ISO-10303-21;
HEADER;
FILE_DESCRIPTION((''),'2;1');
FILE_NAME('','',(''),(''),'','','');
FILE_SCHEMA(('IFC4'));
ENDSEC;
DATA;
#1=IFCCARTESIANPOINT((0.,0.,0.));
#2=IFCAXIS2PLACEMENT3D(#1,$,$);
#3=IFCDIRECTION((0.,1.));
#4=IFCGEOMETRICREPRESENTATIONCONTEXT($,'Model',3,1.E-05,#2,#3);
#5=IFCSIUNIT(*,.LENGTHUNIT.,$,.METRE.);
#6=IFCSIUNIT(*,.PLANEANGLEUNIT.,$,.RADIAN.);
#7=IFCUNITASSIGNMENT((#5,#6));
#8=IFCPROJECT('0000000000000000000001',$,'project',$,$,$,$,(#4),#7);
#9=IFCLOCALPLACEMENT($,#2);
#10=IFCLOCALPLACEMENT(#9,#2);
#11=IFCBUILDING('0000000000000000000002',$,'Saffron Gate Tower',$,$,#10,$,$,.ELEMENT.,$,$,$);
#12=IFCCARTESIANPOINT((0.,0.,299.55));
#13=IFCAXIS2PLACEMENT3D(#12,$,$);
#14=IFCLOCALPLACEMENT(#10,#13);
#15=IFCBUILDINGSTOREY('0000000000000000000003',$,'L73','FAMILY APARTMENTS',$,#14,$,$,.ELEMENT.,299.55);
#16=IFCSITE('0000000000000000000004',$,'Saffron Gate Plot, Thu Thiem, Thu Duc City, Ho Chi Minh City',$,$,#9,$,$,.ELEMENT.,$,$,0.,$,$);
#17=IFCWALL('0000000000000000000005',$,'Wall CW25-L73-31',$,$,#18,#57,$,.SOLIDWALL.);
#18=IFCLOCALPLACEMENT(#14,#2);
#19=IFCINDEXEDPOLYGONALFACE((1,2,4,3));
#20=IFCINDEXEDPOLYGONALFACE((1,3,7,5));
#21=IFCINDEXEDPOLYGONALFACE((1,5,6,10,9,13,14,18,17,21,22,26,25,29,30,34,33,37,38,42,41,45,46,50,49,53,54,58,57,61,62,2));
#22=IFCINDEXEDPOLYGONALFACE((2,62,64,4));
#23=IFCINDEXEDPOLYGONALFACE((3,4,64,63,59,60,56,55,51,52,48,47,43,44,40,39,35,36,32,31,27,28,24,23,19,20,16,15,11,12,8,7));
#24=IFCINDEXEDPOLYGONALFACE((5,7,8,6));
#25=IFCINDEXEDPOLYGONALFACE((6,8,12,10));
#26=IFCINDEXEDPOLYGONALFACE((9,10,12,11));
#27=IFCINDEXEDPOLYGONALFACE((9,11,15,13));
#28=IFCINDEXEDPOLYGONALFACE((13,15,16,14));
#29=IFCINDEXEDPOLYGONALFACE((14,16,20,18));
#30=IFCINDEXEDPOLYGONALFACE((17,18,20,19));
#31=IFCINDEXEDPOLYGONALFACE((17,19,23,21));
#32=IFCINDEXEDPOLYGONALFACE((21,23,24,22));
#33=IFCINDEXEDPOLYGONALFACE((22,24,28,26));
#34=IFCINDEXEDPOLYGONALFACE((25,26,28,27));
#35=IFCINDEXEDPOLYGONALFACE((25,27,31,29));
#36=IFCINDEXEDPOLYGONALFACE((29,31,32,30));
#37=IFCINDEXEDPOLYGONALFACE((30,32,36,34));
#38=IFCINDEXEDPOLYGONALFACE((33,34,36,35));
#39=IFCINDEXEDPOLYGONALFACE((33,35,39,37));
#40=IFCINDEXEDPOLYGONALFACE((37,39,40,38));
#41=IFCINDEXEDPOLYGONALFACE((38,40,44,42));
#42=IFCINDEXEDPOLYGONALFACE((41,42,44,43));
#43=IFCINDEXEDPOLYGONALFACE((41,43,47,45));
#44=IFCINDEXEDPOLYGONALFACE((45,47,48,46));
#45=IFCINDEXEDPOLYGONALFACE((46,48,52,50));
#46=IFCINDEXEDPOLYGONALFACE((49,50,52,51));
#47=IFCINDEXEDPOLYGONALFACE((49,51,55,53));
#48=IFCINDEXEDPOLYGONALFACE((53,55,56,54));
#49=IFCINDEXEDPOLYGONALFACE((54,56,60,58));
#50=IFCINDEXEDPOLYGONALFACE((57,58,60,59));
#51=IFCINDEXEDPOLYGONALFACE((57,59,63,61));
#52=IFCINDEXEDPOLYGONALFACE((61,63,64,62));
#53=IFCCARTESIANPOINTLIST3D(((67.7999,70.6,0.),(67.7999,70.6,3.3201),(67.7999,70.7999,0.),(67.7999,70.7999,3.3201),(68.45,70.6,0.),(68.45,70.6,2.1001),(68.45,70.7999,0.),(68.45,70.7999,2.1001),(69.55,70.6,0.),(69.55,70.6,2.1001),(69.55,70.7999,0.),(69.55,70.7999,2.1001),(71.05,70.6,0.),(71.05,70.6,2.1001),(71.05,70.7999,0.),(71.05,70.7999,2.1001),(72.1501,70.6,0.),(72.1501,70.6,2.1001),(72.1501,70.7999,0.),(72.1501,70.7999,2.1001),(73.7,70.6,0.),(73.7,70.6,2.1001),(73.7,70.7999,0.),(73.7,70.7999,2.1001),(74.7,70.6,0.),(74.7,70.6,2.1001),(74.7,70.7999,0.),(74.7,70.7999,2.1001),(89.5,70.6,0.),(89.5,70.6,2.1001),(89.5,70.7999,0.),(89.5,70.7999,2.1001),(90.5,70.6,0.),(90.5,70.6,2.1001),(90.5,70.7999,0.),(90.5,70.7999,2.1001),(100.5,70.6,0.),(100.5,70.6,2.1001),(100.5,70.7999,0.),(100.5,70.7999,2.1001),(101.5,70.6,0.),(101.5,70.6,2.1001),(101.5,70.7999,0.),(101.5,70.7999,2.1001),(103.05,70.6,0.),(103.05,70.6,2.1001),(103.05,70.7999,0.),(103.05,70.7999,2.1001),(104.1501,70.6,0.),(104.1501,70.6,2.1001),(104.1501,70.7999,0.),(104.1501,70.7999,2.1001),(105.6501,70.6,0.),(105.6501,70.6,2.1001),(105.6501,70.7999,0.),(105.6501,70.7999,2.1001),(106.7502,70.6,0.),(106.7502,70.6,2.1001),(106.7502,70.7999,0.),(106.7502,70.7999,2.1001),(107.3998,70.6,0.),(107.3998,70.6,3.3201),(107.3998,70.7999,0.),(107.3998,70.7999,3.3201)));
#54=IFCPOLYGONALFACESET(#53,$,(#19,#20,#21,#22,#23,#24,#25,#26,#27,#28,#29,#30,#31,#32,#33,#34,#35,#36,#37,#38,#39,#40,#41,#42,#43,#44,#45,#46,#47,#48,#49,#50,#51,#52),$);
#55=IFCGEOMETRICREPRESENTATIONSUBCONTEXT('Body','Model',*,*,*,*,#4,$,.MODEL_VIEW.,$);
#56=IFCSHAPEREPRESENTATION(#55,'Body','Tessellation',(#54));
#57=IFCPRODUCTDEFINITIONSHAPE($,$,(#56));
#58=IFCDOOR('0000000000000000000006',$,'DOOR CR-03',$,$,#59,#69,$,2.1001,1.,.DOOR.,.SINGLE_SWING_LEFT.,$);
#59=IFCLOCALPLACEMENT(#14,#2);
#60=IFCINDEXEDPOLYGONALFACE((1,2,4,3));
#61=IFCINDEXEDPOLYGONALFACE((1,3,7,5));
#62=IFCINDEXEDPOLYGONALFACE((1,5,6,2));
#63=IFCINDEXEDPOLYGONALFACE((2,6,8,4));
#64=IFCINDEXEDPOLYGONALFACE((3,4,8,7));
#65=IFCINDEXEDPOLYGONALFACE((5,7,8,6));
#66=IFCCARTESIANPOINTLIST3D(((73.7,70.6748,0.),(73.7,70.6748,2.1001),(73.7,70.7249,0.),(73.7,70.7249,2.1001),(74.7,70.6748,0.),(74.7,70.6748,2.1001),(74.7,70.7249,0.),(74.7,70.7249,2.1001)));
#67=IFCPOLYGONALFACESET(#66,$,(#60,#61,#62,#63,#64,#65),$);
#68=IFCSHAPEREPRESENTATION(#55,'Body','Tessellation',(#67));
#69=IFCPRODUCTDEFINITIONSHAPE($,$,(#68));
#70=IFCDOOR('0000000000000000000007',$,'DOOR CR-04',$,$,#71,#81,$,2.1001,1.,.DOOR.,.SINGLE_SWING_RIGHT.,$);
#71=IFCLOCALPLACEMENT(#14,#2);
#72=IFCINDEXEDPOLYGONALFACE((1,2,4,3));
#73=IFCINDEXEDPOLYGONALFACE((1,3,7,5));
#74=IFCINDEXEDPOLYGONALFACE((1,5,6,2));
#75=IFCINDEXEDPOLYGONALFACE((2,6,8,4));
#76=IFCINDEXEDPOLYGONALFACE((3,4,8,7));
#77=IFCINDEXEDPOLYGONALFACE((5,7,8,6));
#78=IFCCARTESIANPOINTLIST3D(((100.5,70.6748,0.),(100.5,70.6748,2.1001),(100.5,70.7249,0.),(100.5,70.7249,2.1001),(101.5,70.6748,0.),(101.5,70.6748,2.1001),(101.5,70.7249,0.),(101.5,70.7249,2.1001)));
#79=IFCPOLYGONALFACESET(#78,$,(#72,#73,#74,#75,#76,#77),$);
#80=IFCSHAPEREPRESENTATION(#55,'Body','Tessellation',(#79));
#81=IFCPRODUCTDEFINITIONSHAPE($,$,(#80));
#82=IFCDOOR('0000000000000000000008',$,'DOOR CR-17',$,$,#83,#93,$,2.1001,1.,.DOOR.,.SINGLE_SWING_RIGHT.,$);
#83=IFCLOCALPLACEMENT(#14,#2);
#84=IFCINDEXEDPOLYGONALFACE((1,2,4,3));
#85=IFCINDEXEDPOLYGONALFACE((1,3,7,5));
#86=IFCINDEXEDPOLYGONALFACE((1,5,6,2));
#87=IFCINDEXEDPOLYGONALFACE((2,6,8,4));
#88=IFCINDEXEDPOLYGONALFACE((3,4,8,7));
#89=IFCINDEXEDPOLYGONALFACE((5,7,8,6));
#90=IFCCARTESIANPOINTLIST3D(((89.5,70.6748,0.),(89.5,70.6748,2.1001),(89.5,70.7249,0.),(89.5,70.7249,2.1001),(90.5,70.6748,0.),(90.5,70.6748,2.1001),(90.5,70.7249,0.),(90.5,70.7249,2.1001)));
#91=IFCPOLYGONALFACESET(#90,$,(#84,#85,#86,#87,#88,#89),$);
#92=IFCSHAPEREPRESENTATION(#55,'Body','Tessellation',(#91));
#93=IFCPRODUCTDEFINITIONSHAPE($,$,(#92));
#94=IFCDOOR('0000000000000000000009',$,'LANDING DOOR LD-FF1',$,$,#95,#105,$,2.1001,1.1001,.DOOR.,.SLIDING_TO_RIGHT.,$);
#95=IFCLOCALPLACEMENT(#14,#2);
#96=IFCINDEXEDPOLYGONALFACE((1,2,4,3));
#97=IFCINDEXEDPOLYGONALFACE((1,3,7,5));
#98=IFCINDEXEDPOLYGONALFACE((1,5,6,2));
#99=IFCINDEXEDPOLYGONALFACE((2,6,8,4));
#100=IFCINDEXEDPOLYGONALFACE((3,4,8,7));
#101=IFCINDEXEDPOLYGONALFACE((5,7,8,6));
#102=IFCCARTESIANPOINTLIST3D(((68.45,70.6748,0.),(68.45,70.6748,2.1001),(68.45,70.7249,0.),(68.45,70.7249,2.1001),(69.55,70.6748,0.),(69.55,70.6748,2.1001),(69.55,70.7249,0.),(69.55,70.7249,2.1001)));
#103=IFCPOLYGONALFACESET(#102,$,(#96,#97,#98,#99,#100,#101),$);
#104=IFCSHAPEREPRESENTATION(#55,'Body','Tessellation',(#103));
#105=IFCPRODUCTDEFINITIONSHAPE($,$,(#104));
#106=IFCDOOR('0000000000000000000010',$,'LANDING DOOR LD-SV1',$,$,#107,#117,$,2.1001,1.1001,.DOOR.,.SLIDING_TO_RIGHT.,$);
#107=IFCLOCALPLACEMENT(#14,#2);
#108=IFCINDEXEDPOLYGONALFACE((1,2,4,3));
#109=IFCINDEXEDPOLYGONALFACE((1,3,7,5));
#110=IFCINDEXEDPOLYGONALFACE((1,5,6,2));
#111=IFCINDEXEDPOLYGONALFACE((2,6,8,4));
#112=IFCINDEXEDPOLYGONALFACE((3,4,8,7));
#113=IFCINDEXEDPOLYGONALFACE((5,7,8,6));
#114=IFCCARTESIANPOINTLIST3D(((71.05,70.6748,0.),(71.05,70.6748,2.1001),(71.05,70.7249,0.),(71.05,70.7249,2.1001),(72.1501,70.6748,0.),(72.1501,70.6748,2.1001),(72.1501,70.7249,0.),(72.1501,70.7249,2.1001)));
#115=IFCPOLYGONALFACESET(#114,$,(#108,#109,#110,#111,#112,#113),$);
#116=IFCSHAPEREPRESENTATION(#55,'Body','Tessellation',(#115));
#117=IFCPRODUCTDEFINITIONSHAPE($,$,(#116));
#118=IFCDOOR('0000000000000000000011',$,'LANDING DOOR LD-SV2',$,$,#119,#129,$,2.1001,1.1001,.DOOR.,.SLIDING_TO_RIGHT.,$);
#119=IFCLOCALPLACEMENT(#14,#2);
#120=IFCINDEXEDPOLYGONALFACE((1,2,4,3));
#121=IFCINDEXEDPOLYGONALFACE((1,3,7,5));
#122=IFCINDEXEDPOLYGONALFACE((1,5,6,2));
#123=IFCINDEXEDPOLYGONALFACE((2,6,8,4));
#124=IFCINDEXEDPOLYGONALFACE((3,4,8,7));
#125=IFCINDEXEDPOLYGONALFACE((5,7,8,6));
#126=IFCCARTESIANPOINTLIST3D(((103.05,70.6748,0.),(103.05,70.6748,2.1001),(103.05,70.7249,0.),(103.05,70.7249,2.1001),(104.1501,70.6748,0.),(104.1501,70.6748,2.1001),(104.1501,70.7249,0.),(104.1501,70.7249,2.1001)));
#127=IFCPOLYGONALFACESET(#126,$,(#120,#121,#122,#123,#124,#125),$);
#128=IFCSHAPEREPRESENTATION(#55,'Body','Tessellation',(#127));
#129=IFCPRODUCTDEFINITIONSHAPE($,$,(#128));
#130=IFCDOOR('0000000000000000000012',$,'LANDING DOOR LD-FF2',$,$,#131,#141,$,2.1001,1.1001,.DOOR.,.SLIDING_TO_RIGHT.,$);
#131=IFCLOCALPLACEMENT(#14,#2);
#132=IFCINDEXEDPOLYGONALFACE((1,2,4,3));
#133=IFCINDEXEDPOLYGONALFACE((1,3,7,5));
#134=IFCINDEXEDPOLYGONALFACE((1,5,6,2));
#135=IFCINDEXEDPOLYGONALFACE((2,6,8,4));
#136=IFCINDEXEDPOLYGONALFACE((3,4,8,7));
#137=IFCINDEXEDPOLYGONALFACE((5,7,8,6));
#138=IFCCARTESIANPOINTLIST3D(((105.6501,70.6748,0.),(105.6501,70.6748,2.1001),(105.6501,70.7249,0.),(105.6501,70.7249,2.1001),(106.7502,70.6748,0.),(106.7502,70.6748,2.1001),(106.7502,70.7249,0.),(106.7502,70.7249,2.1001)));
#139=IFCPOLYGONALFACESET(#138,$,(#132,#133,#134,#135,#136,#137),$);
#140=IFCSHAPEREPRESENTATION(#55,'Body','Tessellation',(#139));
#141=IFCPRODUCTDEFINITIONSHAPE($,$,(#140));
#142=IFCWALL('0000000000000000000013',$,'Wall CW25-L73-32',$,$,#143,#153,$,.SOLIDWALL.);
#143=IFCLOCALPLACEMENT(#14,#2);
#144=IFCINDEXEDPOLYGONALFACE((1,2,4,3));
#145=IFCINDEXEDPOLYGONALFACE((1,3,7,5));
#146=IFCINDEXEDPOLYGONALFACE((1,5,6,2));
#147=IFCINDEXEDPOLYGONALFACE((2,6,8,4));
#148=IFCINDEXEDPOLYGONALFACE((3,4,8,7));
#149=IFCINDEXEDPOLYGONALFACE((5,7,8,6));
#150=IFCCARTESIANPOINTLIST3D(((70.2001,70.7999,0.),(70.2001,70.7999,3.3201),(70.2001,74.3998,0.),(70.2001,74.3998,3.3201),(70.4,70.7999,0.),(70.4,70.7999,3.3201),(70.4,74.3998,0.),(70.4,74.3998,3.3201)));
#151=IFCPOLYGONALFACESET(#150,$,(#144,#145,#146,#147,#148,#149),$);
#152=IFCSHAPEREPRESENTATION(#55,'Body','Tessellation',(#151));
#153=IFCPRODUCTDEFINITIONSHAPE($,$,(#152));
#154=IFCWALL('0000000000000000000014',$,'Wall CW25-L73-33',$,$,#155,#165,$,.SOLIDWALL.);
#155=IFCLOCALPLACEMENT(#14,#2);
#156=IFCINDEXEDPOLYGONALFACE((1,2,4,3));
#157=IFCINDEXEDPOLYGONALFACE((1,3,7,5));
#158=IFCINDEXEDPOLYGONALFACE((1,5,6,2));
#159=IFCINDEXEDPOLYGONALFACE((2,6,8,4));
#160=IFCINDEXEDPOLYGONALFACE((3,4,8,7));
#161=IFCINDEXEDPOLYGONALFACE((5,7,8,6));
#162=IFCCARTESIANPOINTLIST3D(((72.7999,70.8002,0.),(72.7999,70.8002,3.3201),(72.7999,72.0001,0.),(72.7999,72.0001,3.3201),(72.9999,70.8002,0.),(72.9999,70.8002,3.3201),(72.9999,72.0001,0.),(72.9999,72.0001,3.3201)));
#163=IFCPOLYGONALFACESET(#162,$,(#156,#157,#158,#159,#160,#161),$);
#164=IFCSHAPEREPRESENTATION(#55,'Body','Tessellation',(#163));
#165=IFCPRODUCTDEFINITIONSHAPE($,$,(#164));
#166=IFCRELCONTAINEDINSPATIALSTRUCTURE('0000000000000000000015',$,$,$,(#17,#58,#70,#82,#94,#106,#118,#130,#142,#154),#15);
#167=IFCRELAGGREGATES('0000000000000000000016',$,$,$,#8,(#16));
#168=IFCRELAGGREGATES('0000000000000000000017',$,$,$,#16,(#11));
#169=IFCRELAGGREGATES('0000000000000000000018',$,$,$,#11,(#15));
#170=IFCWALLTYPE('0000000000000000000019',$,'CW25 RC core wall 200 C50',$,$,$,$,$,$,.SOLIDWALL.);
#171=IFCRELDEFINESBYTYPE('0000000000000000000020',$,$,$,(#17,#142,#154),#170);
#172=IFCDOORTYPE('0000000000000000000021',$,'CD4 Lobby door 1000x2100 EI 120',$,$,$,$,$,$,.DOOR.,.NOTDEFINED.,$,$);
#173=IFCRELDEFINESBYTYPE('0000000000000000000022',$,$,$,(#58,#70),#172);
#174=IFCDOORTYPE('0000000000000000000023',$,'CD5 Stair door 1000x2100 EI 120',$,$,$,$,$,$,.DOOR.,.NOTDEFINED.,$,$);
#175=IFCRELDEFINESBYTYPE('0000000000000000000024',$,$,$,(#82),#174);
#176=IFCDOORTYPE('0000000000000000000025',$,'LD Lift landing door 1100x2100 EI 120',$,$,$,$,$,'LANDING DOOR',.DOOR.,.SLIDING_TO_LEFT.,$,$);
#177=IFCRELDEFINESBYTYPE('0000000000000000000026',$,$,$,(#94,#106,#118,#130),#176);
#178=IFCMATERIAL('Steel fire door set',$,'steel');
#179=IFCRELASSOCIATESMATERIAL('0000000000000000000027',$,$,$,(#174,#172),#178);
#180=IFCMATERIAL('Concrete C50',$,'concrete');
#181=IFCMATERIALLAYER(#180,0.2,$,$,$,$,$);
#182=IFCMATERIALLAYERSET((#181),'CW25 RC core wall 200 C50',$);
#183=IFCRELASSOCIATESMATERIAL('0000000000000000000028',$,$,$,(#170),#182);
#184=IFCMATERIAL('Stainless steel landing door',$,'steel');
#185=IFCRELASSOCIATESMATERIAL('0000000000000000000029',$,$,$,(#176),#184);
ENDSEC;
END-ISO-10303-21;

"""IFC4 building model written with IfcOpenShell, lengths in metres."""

from ifc_helpers import new_model, si_unit, direction, frame, frame_2d, origin, place, context, subcontext, project, spatial, rectangle, extrude, material, layer, layer_set, type_object, element, fill, save


model = new_model("IFC4")

# Units and contexts
model_context = context("Model", 3, precision=1e-05, world=origin(), true_north=direction((0.0, 1.0)))
body_context = subcontext(model_context, "Body", "Model", "MODEL_VIEW")
ifc_project = project(units=[si_unit("LENGTHUNIT", "METRE"), si_unit("PLANEANGLEUNIT", "RADIAN")], contexts=[model_context])

# Site, building, storey
site_placement = place(None, origin())
site = spatial("IfcSite", under=ifc_project, at=site_placement, Name="Saffron Gate Plot, Thu Thiem, Thu Duc City, Ho Chi Minh City", CompositionType="ELEMENT", RefElevation=0.0)
building_placement = place(site_placement, origin())
building = spatial("IfcBuilding", under=site, at=building_placement, Name="Saffron Gate Tower", CompositionType="ELEMENT")
storey_placement = place(building_placement, frame((0.0, 0.0, 299.55)))
storey = spatial("IfcBuildingStorey", under=building, at=storey_placement, Name="L73", Description="FAMILY APARTMENTS", CompositionType="ELEMENT", Elevation=299.55)

# Shared definitions
ifc_material_1 = material(Name="Concrete C50", Category="concrete")

# Wall, openings, doors
ifc_material_2 = material(Name="Steel fire door set", Category="steel")
door_type_1 = type_object("IfcDoorType", Name="CD5 Stair door 1000x2100 EI 120", OperationType="NOTDEFINED", PredefinedType="DOOR", material=ifc_material_2)
ifc_layer_1 = layer(ifc_material_1, 0.2)
ifc_layer_set_1 = layer_set([ifc_layer_1], Name="CW25 RC core wall 200 C50")
wall_type_1 = type_object("IfcWallType", Name="CW25 RC core wall 200 C50", PredefinedType="SOLIDWALL", material=ifc_layer_set_1)
wall_1_placement = place(storey_placement, frame((67.8, 70.7, 0.0), z_axis=(0.0, 0.0, 1.0), x_axis=(1.0, 0.0, 0.0)))
wall_1 = element("IfcWall", 1, at=wall_1_placement, inside=storey, type_object=wall_type_1, Name="Wall CW25-L73-31", PredefinedType="SOLIDWALL", context=body_context, shape_type="SweptSolid", body=[
    extrude(rectangle(XDim=39.5999, YDim=0.2, at=frame_2d((19.7998, 0.0))), origin(), (0.0, 0.0, 1.0), 3.3201),
])
opening_1_placement = place(wall_1_placement, frame((0.6499, 0.0, 0.0)))
opening_1 = element("IfcOpeningElement", 2, at=opening_1_placement, cuts=wall_1, PredefinedType="OPENING", context=body_context, shape_type="SweptSolid", body=[
    extrude(rectangle(XDim=1.1001, YDim=2.1001, at=frame_2d((0.55, 1.05))), frame((0.0, 0.1099, 0.0), z_axis=(0.0, -1.0, 0.0), x_axis=(1.0, 0.0, 0.0)), (0.0, 0.0, 1.0), 0.22),
])
opening_2_placement = place(wall_1_placement, frame((3.25, 0.0, 0.0)))
opening_2 = element("IfcOpeningElement", 3, at=opening_2_placement, cuts=wall_1, PredefinedType="OPENING", context=body_context, shape_type="SweptSolid", body=[
    extrude(rectangle(XDim=1.1001, YDim=2.1001, at=frame_2d((0.55, 1.05))), frame((0.0, 0.1099, 0.0), z_axis=(0.0, -1.0, 0.0), x_axis=(1.0, 0.0, 0.0)), (0.0, 0.0, 1.0), 0.22),
])
opening_3_placement = place(wall_1_placement, frame((5.8999, 0.0, 0.0)))
opening_3 = element("IfcOpeningElement", 4, at=opening_3_placement, cuts=wall_1, PredefinedType="OPENING", context=body_context, shape_type="SweptSolid", body=[
    extrude(rectangle(XDim=1.0, YDim=2.1001, at=frame_2d((0.5, 1.05))), frame((0.0, 0.1099, 0.0), z_axis=(0.0, -1.0, 0.0), x_axis=(1.0, 0.0, 0.0)), (0.0, 0.0, 1.0), 0.22),
])
opening_4_placement = place(wall_1_placement, frame((21.7, 0.0, 0.0)))
opening_4 = element("IfcOpeningElement", 5, at=opening_4_placement, cuts=wall_1, PredefinedType="OPENING", context=body_context, shape_type="SweptSolid", body=[
    extrude(rectangle(XDim=1.0, YDim=2.1001, at=frame_2d((0.5, 1.05))), frame((0.0, 0.1099, 0.0), z_axis=(0.0, -1.0, 0.0), x_axis=(1.0, 0.0, 0.0)), (0.0, 0.0, 1.0), 0.22),
])
opening_5_placement = place(wall_1_placement, frame((32.7, 0.0, 0.0)))
opening_5 = element("IfcOpeningElement", 6, at=opening_5_placement, cuts=wall_1, PredefinedType="OPENING", context=body_context, shape_type="SweptSolid", body=[
    extrude(rectangle(XDim=1.0, YDim=2.1001, at=frame_2d((0.5, 1.05))), frame((0.0, 0.1099, 0.0), z_axis=(0.0, -1.0, 0.0), x_axis=(1.0, 0.0, 0.0)), (0.0, 0.0, 1.0), 0.22),
])
opening_6_placement = place(wall_1_placement, frame((35.25, 0.0, 0.0)))
opening_6 = element("IfcOpeningElement", 7, at=opening_6_placement, cuts=wall_1, PredefinedType="OPENING", context=body_context, shape_type="SweptSolid", body=[
    extrude(rectangle(XDim=1.1001, YDim=2.1001, at=frame_2d((0.55, 1.05))), frame((0.0, 0.1099, 0.0), z_axis=(0.0, -1.0, 0.0), x_axis=(1.0, 0.0, 0.0)), (0.0, 0.0, 1.0), 0.22),
])
opening_7_placement = place(wall_1_placement, frame((37.8501, 0.0, 0.0)))
opening_7 = element("IfcOpeningElement", 8, at=opening_7_placement, cuts=wall_1, PredefinedType="OPENING", context=body_context, shape_type="SweptSolid", body=[
    extrude(rectangle(XDim=1.1001, YDim=2.1001, at=frame_2d((0.55, 1.05))), frame((0.0, 0.1099, 0.0), z_axis=(0.0, -1.0, 0.0), x_axis=(1.0, 0.0, 0.0)), (0.0, 0.0, 1.0), 0.22),
])
door_type_2 = type_object("IfcDoorType", Name="CD4 Lobby door 1000x2100 EI 120", OperationType="NOTDEFINED", PredefinedType="DOOR", material=ifc_material_2)
door_1_placement = place(opening_3_placement, origin())
door_1 = element("IfcDoor", 9, at=door_1_placement, inside=storey, type_object=door_type_2, Name="DOOR CR-03", OperationType="SINGLE_SWING_LEFT", OverallHeight=2.1001, OverallWidth=1.0, PredefinedType="DOOR", context=body_context, shape_type="SweptSolid", body=[
    extrude(rectangle(XDim=1.0, YDim=2.1001, at=frame_2d((0.5, 1.05))), frame((0.0, 0.0249, 0.0), z_axis=(0.0, -1.0, 0.0), x_axis=(1.0, 0.0, 0.0)), (0.0, 0.0, 1.0), 0.05),
])
fill(opening_3, door_1)
door_2_placement = place(opening_5_placement, origin())
door_2 = element("IfcDoor", 10, at=door_2_placement, inside=storey, type_object=door_type_2, Name="DOOR CR-04", OperationType="SINGLE_SWING_RIGHT", OverallHeight=2.1001, OverallWidth=1.0, PredefinedType="DOOR", context=body_context, shape_type="SweptSolid", body=[
    extrude(rectangle(XDim=1.0, YDim=2.1001, at=frame_2d((0.5, 1.05))), frame((0.0, 0.0249, 0.0), z_axis=(0.0, -1.0, 0.0), x_axis=(1.0, 0.0, 0.0)), (0.0, 0.0, 1.0), 0.05),
])
fill(opening_5, door_2)
door_3_placement = place(opening_4_placement, origin())
door_3 = element("IfcDoor", 11, at=door_3_placement, inside=storey, type_object=door_type_1, Name="DOOR CR-17", OperationType="SINGLE_SWING_RIGHT", OverallHeight=2.1001, OverallWidth=1.0, PredefinedType="DOOR", context=body_context, shape_type="SweptSolid", body=[
    extrude(rectangle(XDim=1.0, YDim=2.1001, at=frame_2d((0.5, 1.05))), frame((0.0, 0.0249, 0.0), z_axis=(0.0, -1.0, 0.0), x_axis=(1.0, 0.0, 0.0)), (0.0, 0.0, 1.0), 0.05),
])
fill(opening_4, door_3)
ifc_material_3 = material(Name="Stainless steel landing door", Category="steel")
door_type_3 = type_object("IfcDoorType", Name="LD Lift landing door 1100x2100 EI 120", ElementType="LANDING DOOR", OperationType="SLIDING_TO_LEFT", PredefinedType="DOOR", material=ifc_material_3)
door_4_placement = place(opening_1_placement, origin())
door_4 = element("IfcDoor", 12, at=door_4_placement, inside=storey, type_object=door_type_3, Name="LANDING DOOR LD-FF1", OperationType="SLIDING_TO_RIGHT", OverallHeight=2.1001, OverallWidth=1.1001, PredefinedType="DOOR", context=body_context, shape_type="SweptSolid", body=[
    extrude(rectangle(XDim=1.1001, YDim=2.1001, at=frame_2d((0.55, 1.05))), frame((0.0, 0.0249, 0.0), z_axis=(0.0, -1.0, 0.0), x_axis=(1.0, 0.0, 0.0)), (0.0, 0.0, 1.0), 0.05),
])
fill(opening_1, door_4)
door_5_placement = place(opening_2_placement, origin())
door_5 = element("IfcDoor", 13, at=door_5_placement, inside=storey, type_object=door_type_3, Name="LANDING DOOR LD-SV1", OperationType="SLIDING_TO_RIGHT", OverallHeight=2.1001, OverallWidth=1.1001, PredefinedType="DOOR", context=body_context, shape_type="SweptSolid", body=[
    extrude(rectangle(XDim=1.1001, YDim=2.1001, at=frame_2d((0.55, 1.05))), frame((0.0, 0.0249, 0.0), z_axis=(0.0, -1.0, 0.0), x_axis=(1.0, 0.0, 0.0)), (0.0, 0.0, 1.0), 0.05),
])
fill(opening_2, door_5)
door_6_placement = place(opening_6_placement, origin())
door_6 = element("IfcDoor", 14, at=door_6_placement, inside=storey, type_object=door_type_3, Name="LANDING DOOR LD-SV2", OperationType="SLIDING_TO_RIGHT", OverallHeight=2.1001, OverallWidth=1.1001, PredefinedType="DOOR", context=body_context, shape_type="SweptSolid", body=[
    extrude(rectangle(XDim=1.1001, YDim=2.1001, at=frame_2d((0.55, 1.05))), frame((0.0, 0.0249, 0.0), z_axis=(0.0, -1.0, 0.0), x_axis=(1.0, 0.0, 0.0)), (0.0, 0.0, 1.0), 0.05),
])
fill(opening_6, door_6)
door_7_placement = place(opening_7_placement, origin())
door_7 = element("IfcDoor", 15, at=door_7_placement, inside=storey, type_object=door_type_3, Name="LANDING DOOR LD-FF2", OperationType="SLIDING_TO_RIGHT", OverallHeight=2.1001, OverallWidth=1.1001, PredefinedType="DOOR", context=body_context, shape_type="SweptSolid", body=[
    extrude(rectangle(XDim=1.1001, YDim=2.1001, at=frame_2d((0.55, 1.05))), frame((0.0, 0.0249, 0.0), z_axis=(0.0, -1.0, 0.0), x_axis=(1.0, 0.0, 0.0)), (0.0, 0.0, 1.0), 0.05),
])
fill(opening_7, door_7)

# Walls
wall_2_placement = place(storey_placement, frame((70.3, 70.8, 0.0), z_axis=(0.0, 0.0, 1.0), x_axis=(0.0, 1.0, 0.0)))
element("IfcWall", 16, at=wall_2_placement, inside=storey, type_object=wall_type_1, Name="Wall CW25-L73-32", PredefinedType="SOLIDWALL", context=body_context, shape_type="SweptSolid", body=[
    extrude(rectangle(XDim=3.5999, YDim=0.2, at=frame_2d((1.7998, 0.0))), origin(), (0.0, 0.0, 1.0), 3.3201),
])
wall_3_placement = place(storey_placement, frame((72.8999, 70.8, 0.0), z_axis=(0.0, 0.0, 1.0), x_axis=(0.0, 1.0, 0.0)))
element("IfcWall", 17, at=wall_3_placement, inside=storey, type_object=wall_type_1, Name="Wall CW25-L73-33", PredefinedType="SOLIDWALL", context=body_context, shape_type="SweptSolid", body=[
    extrude(rectangle(XDim=1.2, YDim=0.2, at=frame_2d((0.6001, 0.0))), origin(), (0.0, 0.0, 1.0), 3.3201),
])

save(model, "model.ifc")
